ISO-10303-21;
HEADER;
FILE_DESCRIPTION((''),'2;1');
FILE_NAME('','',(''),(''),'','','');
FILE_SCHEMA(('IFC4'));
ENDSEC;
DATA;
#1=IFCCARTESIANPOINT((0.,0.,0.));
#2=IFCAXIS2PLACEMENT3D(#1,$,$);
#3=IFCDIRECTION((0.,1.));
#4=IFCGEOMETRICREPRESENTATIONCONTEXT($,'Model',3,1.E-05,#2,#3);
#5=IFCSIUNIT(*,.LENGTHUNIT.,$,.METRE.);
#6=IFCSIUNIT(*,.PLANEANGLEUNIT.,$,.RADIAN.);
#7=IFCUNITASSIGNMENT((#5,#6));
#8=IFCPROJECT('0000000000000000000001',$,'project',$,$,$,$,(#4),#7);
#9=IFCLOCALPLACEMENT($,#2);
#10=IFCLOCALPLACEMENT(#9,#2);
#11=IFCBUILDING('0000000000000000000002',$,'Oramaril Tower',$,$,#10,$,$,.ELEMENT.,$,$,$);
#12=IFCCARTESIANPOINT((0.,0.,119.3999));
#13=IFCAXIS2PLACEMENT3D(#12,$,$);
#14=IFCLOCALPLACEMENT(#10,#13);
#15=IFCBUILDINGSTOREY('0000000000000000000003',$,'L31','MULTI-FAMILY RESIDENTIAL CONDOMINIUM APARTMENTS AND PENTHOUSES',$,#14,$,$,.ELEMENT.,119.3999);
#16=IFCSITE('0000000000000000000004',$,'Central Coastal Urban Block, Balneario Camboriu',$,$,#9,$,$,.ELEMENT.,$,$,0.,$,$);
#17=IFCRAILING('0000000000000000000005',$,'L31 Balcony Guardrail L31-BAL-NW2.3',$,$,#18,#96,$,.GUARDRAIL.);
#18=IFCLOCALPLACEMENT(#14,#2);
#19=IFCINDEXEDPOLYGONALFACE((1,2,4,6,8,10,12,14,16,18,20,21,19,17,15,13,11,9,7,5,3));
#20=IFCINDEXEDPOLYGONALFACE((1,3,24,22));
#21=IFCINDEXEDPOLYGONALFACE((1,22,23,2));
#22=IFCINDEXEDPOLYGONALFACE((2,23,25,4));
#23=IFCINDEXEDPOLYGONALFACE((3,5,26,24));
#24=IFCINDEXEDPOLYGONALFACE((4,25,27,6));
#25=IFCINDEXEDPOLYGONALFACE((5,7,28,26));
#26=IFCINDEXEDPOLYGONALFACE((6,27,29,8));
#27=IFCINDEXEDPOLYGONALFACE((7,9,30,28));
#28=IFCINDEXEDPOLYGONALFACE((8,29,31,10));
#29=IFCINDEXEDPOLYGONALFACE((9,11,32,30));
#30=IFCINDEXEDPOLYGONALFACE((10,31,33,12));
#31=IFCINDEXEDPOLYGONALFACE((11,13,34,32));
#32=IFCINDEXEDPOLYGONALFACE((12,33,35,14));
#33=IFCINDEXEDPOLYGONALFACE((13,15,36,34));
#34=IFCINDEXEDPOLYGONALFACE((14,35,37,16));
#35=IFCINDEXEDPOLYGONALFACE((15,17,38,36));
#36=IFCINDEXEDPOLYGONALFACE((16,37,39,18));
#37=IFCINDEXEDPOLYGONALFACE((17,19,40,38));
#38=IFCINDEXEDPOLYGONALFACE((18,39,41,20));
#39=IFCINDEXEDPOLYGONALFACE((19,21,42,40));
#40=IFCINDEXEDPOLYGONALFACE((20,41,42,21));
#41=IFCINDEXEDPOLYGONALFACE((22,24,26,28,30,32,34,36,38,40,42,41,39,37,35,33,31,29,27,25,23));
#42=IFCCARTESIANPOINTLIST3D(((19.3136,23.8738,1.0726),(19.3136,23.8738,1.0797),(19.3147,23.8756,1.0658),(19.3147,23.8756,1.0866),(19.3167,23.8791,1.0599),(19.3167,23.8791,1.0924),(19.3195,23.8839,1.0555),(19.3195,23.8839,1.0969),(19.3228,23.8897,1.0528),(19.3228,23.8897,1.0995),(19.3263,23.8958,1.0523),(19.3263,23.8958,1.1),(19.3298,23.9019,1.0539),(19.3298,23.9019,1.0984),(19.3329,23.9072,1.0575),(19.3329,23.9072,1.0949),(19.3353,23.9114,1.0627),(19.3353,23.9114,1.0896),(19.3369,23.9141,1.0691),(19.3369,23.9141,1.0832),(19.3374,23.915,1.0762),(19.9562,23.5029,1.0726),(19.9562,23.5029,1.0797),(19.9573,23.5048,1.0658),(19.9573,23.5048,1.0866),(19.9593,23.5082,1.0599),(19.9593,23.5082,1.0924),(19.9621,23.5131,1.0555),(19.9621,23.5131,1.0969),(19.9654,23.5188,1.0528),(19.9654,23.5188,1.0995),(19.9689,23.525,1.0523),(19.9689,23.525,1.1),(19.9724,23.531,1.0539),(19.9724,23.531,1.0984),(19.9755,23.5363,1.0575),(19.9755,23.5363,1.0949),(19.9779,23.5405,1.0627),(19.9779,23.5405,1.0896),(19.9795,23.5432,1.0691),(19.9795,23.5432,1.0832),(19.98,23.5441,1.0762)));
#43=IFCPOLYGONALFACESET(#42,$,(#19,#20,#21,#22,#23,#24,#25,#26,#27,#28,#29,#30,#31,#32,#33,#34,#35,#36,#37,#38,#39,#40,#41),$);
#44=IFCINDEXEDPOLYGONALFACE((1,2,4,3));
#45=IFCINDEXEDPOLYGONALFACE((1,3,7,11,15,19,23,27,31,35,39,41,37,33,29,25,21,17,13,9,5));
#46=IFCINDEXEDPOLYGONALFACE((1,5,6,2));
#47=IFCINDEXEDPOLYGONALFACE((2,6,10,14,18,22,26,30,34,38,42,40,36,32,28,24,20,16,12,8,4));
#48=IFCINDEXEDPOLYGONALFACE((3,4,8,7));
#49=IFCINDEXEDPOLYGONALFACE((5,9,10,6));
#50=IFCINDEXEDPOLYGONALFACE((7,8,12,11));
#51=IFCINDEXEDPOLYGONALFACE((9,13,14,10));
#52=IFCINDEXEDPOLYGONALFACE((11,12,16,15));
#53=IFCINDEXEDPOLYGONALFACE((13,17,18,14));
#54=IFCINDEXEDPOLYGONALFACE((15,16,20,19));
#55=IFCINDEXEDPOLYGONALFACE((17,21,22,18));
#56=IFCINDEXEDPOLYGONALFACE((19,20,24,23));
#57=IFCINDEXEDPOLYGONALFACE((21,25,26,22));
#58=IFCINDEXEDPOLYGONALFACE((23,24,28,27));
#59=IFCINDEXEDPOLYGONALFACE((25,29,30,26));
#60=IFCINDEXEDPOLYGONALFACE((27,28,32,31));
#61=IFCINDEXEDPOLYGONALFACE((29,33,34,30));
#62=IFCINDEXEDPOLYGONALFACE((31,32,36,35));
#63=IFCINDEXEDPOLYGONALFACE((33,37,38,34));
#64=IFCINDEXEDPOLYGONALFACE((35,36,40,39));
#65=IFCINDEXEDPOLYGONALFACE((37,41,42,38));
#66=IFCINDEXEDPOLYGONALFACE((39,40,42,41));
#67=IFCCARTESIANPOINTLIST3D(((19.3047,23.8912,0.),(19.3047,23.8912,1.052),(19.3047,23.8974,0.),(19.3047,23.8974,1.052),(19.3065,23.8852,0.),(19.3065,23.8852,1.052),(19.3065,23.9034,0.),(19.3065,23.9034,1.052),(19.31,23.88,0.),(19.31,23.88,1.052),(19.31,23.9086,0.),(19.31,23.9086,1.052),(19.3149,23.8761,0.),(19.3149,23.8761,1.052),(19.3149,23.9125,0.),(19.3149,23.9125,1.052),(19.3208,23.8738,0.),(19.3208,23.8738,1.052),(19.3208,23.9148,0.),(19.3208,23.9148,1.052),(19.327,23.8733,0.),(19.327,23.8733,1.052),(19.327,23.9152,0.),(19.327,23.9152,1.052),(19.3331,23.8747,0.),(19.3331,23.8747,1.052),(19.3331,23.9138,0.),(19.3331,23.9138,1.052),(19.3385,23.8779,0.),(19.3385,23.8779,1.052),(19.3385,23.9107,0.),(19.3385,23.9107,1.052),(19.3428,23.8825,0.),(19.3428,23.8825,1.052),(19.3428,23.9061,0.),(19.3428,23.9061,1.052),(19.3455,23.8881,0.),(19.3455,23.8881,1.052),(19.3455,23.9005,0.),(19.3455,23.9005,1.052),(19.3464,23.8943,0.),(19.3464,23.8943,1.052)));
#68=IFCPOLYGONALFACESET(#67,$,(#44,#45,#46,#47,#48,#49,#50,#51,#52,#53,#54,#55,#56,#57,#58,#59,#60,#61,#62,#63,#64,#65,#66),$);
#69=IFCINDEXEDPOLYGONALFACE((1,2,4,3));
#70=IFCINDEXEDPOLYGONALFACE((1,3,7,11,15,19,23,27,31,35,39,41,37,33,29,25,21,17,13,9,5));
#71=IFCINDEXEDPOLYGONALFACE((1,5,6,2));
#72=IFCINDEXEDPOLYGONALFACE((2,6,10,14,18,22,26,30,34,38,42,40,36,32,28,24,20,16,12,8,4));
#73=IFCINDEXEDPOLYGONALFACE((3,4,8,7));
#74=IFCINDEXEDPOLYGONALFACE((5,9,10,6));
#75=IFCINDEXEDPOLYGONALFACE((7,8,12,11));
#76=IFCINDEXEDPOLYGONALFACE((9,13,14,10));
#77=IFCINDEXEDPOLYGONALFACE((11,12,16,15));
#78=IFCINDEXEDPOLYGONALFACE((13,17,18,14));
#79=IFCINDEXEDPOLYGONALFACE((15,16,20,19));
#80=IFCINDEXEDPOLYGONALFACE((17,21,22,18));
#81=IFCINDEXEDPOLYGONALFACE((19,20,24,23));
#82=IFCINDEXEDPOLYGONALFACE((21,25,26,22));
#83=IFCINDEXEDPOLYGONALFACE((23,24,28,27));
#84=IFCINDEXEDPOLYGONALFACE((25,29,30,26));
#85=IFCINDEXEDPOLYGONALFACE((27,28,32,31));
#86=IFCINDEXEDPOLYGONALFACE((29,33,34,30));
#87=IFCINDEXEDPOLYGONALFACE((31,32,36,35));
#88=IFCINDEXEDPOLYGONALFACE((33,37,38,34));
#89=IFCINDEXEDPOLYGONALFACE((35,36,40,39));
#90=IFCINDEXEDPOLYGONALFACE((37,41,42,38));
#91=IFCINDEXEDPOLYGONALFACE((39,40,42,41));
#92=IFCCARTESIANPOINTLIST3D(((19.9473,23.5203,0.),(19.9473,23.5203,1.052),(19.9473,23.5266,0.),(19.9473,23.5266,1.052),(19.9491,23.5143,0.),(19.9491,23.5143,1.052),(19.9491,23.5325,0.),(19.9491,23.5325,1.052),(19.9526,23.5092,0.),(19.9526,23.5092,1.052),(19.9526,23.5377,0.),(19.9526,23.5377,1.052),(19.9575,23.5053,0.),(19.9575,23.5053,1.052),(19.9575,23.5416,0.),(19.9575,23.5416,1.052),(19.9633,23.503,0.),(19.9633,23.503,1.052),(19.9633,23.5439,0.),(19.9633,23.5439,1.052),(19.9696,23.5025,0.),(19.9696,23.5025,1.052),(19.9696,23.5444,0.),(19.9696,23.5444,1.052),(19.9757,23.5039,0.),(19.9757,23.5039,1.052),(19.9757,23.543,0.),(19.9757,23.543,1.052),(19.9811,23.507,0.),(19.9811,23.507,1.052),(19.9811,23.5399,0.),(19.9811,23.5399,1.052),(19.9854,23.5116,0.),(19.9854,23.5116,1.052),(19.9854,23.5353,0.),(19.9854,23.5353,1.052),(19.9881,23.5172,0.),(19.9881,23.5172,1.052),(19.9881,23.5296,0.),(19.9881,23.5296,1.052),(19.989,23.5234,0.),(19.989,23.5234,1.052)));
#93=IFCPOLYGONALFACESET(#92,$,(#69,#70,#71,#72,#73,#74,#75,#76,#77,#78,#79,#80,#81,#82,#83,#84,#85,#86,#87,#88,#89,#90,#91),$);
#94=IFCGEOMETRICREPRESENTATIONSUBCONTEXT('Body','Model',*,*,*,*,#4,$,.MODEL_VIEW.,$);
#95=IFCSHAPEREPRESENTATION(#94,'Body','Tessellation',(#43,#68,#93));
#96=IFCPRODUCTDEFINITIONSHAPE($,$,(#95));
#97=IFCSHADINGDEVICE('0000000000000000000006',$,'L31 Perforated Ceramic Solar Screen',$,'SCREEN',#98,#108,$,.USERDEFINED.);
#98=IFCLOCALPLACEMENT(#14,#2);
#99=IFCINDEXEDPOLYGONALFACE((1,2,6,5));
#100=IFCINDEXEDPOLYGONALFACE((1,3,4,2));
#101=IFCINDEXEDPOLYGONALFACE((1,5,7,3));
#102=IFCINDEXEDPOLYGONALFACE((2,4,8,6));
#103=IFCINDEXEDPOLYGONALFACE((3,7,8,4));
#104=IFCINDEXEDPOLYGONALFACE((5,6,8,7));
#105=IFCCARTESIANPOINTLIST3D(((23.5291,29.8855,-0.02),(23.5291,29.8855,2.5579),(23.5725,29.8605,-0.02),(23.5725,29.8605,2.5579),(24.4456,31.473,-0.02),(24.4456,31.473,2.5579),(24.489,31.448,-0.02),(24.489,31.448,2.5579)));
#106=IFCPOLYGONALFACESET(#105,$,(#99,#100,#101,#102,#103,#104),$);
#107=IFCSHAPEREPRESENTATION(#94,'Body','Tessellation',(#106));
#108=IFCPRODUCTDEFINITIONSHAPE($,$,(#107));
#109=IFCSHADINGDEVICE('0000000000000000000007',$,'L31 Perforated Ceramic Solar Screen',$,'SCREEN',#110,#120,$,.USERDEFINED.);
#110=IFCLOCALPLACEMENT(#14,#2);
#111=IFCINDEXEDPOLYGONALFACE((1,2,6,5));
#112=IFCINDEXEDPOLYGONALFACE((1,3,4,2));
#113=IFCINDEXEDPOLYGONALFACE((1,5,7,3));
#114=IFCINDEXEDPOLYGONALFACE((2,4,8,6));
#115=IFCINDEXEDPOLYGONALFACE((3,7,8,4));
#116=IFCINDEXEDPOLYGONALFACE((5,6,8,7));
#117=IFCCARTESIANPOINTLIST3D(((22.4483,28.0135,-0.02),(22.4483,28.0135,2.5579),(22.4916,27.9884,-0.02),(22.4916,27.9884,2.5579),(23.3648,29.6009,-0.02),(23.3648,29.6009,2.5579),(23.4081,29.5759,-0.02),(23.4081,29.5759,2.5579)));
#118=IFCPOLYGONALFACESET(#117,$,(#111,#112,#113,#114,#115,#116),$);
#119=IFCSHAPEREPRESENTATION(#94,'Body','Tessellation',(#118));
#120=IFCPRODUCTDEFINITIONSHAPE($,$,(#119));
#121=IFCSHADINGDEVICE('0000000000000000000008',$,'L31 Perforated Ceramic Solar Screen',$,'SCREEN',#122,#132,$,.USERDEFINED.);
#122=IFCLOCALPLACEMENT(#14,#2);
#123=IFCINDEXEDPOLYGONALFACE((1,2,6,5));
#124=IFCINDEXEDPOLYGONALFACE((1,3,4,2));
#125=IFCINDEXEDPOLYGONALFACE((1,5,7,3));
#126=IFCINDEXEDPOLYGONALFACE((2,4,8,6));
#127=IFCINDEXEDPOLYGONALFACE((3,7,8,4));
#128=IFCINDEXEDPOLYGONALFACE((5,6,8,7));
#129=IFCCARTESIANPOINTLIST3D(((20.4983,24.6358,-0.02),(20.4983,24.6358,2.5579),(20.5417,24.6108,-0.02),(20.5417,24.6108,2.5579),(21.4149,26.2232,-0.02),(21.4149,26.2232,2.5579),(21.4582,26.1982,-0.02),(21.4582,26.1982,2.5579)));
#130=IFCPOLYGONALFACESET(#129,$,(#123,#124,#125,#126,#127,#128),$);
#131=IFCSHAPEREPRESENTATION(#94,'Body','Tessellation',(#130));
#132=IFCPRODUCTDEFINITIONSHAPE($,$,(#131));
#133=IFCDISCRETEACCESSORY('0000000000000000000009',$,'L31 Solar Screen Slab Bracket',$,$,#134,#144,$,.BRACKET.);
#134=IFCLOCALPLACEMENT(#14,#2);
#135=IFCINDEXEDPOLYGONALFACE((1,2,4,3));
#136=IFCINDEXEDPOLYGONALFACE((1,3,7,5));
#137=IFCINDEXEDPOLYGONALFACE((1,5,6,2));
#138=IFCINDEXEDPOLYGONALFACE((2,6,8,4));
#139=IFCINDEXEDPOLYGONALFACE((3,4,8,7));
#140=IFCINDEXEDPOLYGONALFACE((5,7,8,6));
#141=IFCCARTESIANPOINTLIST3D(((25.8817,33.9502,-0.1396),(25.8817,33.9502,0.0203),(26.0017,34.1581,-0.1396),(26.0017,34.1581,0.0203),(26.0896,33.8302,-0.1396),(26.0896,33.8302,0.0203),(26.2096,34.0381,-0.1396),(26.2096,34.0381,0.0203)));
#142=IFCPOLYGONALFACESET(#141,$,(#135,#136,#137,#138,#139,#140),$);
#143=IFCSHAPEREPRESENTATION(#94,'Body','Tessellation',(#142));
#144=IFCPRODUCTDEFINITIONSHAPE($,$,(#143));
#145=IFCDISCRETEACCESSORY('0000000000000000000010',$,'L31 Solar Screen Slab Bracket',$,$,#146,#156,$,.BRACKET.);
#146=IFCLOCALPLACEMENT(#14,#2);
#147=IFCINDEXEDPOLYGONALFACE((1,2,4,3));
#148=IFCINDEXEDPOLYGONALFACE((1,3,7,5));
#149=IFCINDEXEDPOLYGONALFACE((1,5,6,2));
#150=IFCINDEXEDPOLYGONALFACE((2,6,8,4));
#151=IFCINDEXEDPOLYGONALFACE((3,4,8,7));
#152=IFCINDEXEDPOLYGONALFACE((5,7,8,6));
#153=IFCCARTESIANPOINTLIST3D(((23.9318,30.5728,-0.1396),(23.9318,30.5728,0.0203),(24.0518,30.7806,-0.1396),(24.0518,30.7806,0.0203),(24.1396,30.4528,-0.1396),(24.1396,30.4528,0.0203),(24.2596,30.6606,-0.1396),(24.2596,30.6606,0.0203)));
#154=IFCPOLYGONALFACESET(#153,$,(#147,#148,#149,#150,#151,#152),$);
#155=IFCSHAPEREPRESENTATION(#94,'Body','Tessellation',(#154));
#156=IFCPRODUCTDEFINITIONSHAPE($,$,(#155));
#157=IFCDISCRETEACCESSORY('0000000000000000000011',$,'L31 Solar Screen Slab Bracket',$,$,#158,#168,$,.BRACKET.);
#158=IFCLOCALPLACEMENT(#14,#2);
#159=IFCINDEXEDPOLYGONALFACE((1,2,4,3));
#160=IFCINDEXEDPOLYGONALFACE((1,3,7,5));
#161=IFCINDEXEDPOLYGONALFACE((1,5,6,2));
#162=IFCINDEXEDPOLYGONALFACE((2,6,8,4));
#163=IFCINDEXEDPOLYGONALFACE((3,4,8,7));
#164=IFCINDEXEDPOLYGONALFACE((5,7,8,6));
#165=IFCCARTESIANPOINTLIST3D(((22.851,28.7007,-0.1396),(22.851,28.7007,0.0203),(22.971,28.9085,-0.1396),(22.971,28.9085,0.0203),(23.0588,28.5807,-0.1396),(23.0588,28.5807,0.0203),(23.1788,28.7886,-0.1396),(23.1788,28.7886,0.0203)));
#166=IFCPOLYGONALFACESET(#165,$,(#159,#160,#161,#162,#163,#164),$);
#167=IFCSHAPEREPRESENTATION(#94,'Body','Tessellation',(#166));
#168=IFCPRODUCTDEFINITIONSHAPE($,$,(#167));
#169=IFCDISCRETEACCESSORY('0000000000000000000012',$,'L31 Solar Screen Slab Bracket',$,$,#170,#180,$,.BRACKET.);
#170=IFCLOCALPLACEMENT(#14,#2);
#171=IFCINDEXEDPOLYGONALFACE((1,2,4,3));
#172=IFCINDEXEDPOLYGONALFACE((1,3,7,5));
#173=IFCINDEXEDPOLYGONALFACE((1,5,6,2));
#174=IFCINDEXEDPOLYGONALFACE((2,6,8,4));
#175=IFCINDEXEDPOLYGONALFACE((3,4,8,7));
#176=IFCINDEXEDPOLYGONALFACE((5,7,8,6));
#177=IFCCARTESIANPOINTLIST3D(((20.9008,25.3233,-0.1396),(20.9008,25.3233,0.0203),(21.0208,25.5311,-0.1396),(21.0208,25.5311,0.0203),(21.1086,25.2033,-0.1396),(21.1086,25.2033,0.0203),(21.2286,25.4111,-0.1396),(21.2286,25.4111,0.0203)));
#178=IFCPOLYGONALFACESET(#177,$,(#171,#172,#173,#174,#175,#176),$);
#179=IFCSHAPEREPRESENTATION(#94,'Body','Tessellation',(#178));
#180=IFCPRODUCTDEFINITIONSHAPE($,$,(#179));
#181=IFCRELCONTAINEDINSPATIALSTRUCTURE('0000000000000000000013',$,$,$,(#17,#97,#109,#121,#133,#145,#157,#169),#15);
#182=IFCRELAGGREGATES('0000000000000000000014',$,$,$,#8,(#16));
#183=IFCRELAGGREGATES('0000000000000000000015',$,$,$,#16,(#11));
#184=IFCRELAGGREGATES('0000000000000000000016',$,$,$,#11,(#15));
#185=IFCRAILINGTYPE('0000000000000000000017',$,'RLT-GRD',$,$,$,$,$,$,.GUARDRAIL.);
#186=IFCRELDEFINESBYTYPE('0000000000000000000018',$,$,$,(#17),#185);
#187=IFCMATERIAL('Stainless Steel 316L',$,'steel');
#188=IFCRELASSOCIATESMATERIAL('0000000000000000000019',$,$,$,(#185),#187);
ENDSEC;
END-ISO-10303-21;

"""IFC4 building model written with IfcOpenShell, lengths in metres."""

from ifc_helpers import new_model, si_unit, direction, frame, origin, origin_2d, place, context, subcontext, project, spatial, rectangle, circle, extrude, material, type_object, element, save


model = new_model("IFC4")

# Units and contexts
model_context = context("Model", 3, precision=1e-05, world=origin(), true_north=direction((0.0, 1.0)))
body_context = subcontext(model_context, "Body", "Model", "MODEL_VIEW")
ifc_project = project(units=[si_unit("LENGTHUNIT", "METRE"), si_unit("PLANEANGLEUNIT", "RADIAN")], contexts=[model_context])

# Site, building, storey
site_placement = place(None, origin())
site = spatial("IfcSite", under=ifc_project, at=site_placement, Name="Central Coastal Urban Block, Balneario Camboriu", CompositionType="ELEMENT", RefElevation=0.0)
building_placement = place(site_placement, origin())
building = spatial("IfcBuilding", under=site, at=building_placement, Name="Oramaril Tower", CompositionType="ELEMENT")
storey_placement = place(building_placement, frame((0.0, 0.0, 119.3999)))
storey = spatial("IfcBuildingStorey", under=building, at=storey_placement, Name="L31", Description="MULTI-FAMILY RESIDENTIAL CONDOMINIUM APARTMENTS AND PENTHOUSES", CompositionType="ELEMENT", Elevation=119.3999)

# Railing
ifc_material_1 = material(Name="Stainless Steel 316L", Category="steel")
railing_type = type_object("IfcRailingType", Name="RLT-GRD", PredefinedType="GUARDRAIL", material=ifc_material_1)
railing_placement = place(storey_placement, frame((19.3254, 23.8943, 0.0)))
element("IfcRailing", 1, at=railing_placement, inside=storey, type_object=railing_type, Name="L31 Balcony Guardrail L31-BAL-NW2.3", PredefinedType="GUARDRAIL", context=body_context, shape_type="SweptSolid", body=[
    extrude(circle(Radius=0.0239, at=origin_2d()), frame((0.0, 0.0, 1.0762), z_axis=(0.866109, -0.499855, 0.0), x_axis=(0.499855, 0.866109, 0.0)), (0.0, 0.0, 1.0), 0.7419),
    extrude(circle(Radius=0.021, at=origin_2d()), origin(), (0.0, 0.0, 1.0), 1.052),
    extrude(circle(Radius=0.021, at=origin_2d()), frame((0.6426, -0.3708, 0.0)), (0.0, 0.0, 1.0), 1.052),
])

# Shading devices
for number, where, z_axis, x_axis, name in (
    (2, (24.009, 30.6667, -0.02), (0.0, 0.0, 1.0), (-0.5, -0.866025, 0.0), "L31 Perforated Ceramic Solar Screen"),
    (3, (22.9282, 28.7947, -0.02), (0.0, 0.0, 1.0), (-0.5, -0.866025, 0.0), "L31 Perforated Ceramic Solar Screen"),
    (4, (20.9783, 25.417, -0.02), (0.0, 0.0, 1.0), (-0.5, -0.866025, 0.0), "L31 Perforated Ceramic Solar Screen"),
):
    element("IfcShadingDevice", number, at=place(storey_placement, frame(where, z_axis=z_axis, x_axis=x_axis)), inside=storey, Name=name, ObjectType="SCREEN", PredefinedType="USERDEFINED", context=body_context, shape_type="SweptSolid", body=[
        extrude(rectangle(XDim=1.833, YDim=0.05, at=origin_2d()), origin(), (0.0, 0.0, 1.0), 2.5779),
    ])

# Discrete accessories
for number, where, z_axis, x_axis, name in (
    (5, (26.0457, 33.9941, -0.1396), (0.0, 0.0, 1.0), (-0.5, -0.866025, 0.0), "L31 Solar Screen Slab Bracket"),
    (6, (24.0957, 30.6167, -0.1396), (0.0, 0.0, 1.0), (-0.5, -0.866025, 0.0), "L31 Solar Screen Slab Bracket"),
    (7, (23.0149, 28.7446, -0.1396), (0.0, 0.0, 1.0), (-0.5, -0.866025, 0.0), "L31 Solar Screen Slab Bracket"),
    (8, (21.0647, 25.3672, -0.1396), (0.0, 0.0, 1.0), (-0.5, -0.866025, 0.0), "L31 Solar Screen Slab Bracket"),
):
    element("IfcDiscreteAccessory", number, at=place(storey_placement, frame(where, z_axis=z_axis, x_axis=x_axis)), inside=storey, Name=name, PredefinedType="BRACKET", context=body_context, shape_type="SweptSolid", body=[
        extrude(rectangle(XDim=0.24, YDim=0.24, at=origin_2d()), origin(), (0.0, 0.0, 1.0), 0.1599),
    ])

save(model, "model.ifc")
